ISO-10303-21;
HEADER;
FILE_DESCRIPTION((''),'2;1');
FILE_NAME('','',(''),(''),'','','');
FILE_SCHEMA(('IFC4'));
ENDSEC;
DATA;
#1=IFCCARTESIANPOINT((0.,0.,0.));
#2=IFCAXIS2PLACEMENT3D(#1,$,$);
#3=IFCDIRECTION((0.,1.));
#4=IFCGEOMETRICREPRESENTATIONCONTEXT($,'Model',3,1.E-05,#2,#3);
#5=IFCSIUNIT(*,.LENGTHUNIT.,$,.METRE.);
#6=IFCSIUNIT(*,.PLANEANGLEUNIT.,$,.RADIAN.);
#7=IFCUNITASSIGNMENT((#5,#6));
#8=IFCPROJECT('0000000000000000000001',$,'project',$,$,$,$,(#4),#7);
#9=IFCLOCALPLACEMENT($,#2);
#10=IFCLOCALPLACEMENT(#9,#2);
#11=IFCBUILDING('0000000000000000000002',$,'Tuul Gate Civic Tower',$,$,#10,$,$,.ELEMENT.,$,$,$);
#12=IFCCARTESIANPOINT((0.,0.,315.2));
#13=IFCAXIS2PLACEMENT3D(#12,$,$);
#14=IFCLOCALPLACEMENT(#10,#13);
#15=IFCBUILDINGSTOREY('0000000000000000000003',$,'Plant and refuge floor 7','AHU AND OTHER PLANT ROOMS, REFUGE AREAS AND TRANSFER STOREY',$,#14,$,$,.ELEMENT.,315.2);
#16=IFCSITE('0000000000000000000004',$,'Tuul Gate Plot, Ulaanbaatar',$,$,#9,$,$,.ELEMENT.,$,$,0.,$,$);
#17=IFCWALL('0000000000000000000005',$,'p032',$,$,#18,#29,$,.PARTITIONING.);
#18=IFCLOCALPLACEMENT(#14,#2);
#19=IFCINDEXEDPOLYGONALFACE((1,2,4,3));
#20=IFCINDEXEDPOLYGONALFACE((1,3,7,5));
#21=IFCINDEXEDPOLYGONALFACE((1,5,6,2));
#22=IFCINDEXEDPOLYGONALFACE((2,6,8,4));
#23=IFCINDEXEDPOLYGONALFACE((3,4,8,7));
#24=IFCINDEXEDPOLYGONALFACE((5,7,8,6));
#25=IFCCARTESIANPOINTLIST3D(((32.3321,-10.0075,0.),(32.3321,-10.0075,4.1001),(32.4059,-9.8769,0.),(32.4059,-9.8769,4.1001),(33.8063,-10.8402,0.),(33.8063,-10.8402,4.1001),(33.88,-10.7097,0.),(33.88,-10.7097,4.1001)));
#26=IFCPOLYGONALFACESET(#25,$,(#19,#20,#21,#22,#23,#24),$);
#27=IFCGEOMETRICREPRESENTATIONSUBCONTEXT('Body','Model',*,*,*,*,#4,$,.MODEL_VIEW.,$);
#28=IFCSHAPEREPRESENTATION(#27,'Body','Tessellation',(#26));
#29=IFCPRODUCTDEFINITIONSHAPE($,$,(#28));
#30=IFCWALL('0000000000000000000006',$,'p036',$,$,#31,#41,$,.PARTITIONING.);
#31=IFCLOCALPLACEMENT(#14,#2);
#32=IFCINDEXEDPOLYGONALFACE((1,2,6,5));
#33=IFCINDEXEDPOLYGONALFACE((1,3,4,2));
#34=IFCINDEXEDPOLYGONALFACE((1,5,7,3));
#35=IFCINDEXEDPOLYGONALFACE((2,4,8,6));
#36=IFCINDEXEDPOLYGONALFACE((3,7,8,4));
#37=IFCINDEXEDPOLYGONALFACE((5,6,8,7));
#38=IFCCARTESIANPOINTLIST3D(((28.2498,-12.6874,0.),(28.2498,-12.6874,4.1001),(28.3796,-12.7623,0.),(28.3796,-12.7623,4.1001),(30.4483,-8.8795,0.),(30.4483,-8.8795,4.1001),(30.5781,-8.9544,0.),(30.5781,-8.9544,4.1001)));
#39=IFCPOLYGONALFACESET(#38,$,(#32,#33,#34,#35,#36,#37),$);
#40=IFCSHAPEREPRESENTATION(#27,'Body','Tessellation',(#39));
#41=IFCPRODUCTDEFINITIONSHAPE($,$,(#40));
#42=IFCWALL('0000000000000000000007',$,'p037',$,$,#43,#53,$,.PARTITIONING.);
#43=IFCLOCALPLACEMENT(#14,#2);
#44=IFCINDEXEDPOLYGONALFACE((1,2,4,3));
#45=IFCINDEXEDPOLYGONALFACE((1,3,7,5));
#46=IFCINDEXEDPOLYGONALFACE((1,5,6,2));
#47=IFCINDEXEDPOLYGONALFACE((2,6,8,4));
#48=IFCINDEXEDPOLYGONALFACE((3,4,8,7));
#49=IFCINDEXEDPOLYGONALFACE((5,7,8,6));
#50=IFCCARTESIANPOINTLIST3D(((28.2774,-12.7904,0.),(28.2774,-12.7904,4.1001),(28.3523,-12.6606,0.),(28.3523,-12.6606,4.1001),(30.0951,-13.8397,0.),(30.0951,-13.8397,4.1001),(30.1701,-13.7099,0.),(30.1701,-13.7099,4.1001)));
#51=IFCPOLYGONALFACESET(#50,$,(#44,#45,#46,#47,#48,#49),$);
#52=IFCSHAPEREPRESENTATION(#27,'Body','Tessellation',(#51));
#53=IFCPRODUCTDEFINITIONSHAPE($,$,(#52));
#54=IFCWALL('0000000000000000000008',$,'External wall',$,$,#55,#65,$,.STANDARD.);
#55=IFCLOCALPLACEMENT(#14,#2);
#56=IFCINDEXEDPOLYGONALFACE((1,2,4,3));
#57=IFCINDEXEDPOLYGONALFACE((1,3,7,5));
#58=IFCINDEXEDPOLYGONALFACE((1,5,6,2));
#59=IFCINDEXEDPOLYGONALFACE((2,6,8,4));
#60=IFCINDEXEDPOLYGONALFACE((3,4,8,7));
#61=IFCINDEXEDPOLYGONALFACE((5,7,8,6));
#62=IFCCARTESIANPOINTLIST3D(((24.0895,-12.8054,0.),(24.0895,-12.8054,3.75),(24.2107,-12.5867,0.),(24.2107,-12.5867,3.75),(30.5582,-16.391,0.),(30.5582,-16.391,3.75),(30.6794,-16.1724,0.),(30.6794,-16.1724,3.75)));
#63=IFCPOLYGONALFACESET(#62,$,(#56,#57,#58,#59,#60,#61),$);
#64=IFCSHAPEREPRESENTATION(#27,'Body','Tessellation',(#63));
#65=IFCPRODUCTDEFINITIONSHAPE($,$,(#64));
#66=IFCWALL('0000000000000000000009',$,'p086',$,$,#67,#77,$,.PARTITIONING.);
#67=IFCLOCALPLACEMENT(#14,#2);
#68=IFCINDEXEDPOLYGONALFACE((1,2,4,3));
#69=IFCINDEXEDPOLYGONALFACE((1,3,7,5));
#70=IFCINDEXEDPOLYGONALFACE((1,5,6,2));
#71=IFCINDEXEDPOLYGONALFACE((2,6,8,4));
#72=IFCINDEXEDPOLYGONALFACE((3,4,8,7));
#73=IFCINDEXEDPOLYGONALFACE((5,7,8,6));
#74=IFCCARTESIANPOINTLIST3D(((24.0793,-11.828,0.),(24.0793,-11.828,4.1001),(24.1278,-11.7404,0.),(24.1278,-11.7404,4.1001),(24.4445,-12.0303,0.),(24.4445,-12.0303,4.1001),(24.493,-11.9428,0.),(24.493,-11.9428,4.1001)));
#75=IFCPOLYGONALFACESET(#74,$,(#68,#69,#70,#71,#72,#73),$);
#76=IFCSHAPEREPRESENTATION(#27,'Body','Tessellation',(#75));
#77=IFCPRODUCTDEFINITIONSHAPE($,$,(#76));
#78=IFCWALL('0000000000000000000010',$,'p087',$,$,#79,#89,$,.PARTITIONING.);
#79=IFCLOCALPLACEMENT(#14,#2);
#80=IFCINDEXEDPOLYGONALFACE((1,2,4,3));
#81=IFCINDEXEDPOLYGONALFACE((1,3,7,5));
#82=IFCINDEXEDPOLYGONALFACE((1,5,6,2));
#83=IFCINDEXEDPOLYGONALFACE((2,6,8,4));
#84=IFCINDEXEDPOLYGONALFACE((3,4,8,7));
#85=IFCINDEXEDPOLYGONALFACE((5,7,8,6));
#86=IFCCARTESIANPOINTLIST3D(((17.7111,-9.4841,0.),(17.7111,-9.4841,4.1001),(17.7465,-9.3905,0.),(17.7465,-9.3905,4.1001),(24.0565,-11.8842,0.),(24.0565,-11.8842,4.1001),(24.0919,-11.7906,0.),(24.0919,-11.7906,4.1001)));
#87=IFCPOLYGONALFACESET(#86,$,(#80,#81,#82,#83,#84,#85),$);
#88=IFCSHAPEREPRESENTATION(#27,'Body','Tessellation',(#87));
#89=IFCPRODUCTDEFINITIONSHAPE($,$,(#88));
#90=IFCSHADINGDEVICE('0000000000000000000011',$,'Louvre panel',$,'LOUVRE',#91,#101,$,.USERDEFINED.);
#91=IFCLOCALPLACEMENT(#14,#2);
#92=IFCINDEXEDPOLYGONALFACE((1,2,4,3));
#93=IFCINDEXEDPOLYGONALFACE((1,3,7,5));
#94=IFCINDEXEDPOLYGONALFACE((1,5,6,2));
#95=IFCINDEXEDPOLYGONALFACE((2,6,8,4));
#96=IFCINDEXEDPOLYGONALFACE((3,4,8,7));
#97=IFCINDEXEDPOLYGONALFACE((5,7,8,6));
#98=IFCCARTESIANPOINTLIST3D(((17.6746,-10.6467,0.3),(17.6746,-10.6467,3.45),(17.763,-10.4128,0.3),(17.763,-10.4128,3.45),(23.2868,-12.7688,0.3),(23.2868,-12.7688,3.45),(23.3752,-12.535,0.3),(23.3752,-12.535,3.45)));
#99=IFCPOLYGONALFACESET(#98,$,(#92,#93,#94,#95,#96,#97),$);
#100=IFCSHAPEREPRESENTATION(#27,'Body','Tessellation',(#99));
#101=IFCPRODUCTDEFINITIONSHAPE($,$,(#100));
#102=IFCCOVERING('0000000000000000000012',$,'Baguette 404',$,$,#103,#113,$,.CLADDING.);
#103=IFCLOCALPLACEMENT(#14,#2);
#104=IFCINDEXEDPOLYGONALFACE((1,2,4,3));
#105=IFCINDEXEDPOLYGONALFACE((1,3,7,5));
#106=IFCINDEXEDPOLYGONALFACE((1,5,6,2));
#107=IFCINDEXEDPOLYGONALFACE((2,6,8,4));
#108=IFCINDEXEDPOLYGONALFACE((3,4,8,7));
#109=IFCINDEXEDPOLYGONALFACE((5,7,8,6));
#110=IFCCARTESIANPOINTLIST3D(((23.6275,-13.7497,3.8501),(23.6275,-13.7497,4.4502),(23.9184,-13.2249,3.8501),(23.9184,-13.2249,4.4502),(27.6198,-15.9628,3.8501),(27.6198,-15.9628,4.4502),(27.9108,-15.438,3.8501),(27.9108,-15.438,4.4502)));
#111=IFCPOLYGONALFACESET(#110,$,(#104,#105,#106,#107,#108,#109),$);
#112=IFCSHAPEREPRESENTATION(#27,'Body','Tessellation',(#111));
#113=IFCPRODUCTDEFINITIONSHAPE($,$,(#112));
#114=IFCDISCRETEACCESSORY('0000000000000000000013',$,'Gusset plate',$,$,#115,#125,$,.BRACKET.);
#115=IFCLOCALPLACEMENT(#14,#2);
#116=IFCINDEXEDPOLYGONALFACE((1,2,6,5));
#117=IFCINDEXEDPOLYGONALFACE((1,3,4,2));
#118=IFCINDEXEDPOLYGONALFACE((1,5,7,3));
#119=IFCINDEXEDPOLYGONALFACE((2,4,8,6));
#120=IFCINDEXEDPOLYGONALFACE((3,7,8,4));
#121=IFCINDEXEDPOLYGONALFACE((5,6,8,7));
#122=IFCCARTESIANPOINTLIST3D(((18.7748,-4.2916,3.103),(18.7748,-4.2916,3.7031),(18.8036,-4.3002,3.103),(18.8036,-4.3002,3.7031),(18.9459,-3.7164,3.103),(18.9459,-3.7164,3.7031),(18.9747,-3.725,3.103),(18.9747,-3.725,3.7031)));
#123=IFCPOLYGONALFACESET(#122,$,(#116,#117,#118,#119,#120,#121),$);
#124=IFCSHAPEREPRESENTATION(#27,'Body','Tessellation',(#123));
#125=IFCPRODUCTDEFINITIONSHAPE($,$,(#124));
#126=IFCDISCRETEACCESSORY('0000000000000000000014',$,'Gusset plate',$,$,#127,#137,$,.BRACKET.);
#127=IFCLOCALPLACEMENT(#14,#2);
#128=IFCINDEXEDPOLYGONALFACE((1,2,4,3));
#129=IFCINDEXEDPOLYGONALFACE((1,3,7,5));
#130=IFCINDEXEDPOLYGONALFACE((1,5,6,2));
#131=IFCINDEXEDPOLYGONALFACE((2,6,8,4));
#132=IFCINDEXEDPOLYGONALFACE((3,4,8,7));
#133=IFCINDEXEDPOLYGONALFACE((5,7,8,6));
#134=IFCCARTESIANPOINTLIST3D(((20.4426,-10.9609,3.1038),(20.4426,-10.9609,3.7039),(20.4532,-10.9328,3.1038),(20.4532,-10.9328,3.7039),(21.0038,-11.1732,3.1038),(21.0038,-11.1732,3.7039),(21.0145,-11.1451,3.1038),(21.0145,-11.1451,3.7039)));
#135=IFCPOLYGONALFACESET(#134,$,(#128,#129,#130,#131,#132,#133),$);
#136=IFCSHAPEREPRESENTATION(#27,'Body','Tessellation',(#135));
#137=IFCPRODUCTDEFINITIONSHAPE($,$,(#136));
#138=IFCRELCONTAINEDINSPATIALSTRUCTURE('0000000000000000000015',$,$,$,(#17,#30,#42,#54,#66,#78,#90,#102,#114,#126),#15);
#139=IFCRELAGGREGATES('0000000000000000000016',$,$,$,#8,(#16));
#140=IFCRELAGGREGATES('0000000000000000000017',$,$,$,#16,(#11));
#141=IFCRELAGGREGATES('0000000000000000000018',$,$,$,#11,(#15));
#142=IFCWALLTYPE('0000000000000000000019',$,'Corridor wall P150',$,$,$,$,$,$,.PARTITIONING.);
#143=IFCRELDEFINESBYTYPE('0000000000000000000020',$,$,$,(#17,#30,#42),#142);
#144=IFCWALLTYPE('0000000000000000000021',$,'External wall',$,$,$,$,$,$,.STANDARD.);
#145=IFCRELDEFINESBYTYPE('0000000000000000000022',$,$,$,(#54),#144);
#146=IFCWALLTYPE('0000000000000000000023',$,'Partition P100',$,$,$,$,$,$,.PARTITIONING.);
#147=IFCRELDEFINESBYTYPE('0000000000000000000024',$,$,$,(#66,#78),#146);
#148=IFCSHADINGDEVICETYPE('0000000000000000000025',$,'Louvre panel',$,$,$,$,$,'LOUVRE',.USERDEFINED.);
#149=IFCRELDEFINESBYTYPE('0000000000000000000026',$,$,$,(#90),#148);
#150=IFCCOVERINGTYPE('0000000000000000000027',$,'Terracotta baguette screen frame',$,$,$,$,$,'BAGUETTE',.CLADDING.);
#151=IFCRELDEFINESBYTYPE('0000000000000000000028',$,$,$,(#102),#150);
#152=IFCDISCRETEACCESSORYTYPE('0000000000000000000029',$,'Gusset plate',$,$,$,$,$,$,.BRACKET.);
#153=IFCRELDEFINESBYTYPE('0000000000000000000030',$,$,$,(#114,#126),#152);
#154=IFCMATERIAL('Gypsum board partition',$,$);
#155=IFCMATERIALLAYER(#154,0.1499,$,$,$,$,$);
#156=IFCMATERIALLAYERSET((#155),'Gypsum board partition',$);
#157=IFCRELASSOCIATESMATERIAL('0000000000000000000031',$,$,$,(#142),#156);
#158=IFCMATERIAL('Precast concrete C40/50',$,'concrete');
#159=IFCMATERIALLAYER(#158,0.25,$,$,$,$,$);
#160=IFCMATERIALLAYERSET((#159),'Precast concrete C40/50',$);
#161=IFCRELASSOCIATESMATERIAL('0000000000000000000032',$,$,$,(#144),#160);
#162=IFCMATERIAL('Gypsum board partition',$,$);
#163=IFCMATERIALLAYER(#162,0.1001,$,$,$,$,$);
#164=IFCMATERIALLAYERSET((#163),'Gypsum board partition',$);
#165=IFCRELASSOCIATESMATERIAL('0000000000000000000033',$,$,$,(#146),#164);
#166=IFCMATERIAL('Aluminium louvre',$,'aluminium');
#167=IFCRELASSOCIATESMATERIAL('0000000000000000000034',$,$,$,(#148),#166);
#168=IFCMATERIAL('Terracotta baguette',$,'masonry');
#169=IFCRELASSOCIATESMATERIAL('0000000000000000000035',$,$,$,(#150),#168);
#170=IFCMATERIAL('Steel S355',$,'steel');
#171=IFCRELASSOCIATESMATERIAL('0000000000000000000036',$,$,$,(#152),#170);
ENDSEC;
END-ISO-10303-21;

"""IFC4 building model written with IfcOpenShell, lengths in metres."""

from ifc_helpers import new_model, si_unit, direction, frame, frame_2d, origin, origin_2d, place, context, subcontext, project, spatial, rectangle, extrude, material, layer, layer_set, material_profile, profile_set, type_object, element, save


model = new_model("IFC4")

# Units and contexts
model_context = context("Model", 3, precision=1e-05, world=origin(), true_north=direction((0.0, 1.0)))
body_context = subcontext(model_context, "Body", "Model", "MODEL_VIEW")
ifc_project = project(units=[si_unit("LENGTHUNIT", "METRE"), si_unit("PLANEANGLEUNIT", "RADIAN")], contexts=[model_context])

# Site, building, storey
site_placement = place(None, origin())
site = spatial("IfcSite", under=ifc_project, at=site_placement, Name="Tuul Gate Plot, Ulaanbaatar", CompositionType="ELEMENT", RefElevation=0.0)
building_placement = place(site_placement, origin())
building = spatial("IfcBuilding", under=site, at=building_placement, Name="Tuul Gate Civic Tower", CompositionType="ELEMENT")
storey_placement = place(building_placement, frame((0.0, 0.0, 315.2)))
storey = spatial("IfcBuildingStorey", under=building, at=storey_placement, Name="Plant and refuge floor 7", Description="AHU AND OTHER PLANT ROOMS, REFUGE AREAS AND TRANSFER STOREY", CompositionType="ELEMENT", Elevation=315.2)

# Shared definitions
ifc_material_1 = material(Name="Gypsum board partition")
ifc_layer_1 = layer(ifc_material_1, 0.1499)
ifc_layer_set_1 = layer_set([ifc_layer_1], Name="Gypsum board partition")
wall_type_1 = type_object("IfcWallType", Name="Corridor wall P150", PredefinedType="PARTITIONING", material=ifc_layer_set_1)

# Walls
wall_1_placement = place(storey_placement, frame((32.3689, -9.9421, 0.0), z_axis=(0.0, 0.0, 1.0), x_axis=(0.870673, -0.491862, 0.0)))
element("IfcWall", 1, at=wall_1_placement, inside=storey, type_object=wall_type_1, Name="p032", PredefinedType="PARTITIONING", context=body_context, shape_type="SweptSolid", body=[
    extrude(rectangle(XDim=1.6931, YDim=0.1499, at=frame_2d((0.8467, 0.0))), origin(), (0.0, 0.0, 1.0), 4.1001),
])
wall_2_placement = place(storey_placement, frame((28.3147, -12.7249, 0.0), z_axis=(0.0, 0.0, 1.0), x_axis=(0.500003, 0.866024, 0.0)))
element("IfcWall", 2, at=wall_2_placement, inside=storey, type_object=wall_type_1, Name="p036", PredefinedType="PARTITIONING", context=body_context, shape_type="SweptSolid", body=[
    extrude(rectangle(XDim=4.397, YDim=0.1499, at=frame_2d((2.1985, 0.0))), origin(), (0.0, 0.0, 1.0), 4.1001),
])
wall_3_placement = place(storey_placement, frame((28.3149, -12.7256, 0.0), z_axis=(0.0, 0.0, 1.0), x_axis=(0.866073, -0.499917, 0.0)))
element("IfcWall", 3, at=wall_3_placement, inside=storey, type_object=wall_type_1, Name="p037", PredefinedType="PARTITIONING", context=body_context, shape_type="SweptSolid", body=[
    extrude(rectangle(XDim=2.0989, YDim=0.1499, at=frame_2d((1.0493, 0.0))), origin(), (0.0, 0.0, 1.0), 4.1001),
])
ifc_material_2 = material(Name="Precast concrete C40/50", Category="concrete")
ifc_layer_2 = layer(ifc_material_2, 0.25)
ifc_layer_set_2 = layer_set([ifc_layer_2], Name="Precast concrete C40/50")
wall_type_2 = type_object("IfcWallType", Name="External wall", PredefinedType="STANDARD", material=ifc_layer_set_2)
wall_4_placement = place(storey_placement, frame((24.1501, -12.696, 0.0), z_axis=(0.0, 0.0, 1.0), x_axis=(0.874619, -0.48481, 0.0)))
element("IfcWall", 4, at=wall_4_placement, inside=storey, type_object=wall_type_2, Name="External wall", PredefinedType="STANDARD", context=body_context, shape_type="SweptSolid", body=[
    extrude(rectangle(XDim=7.396, YDim=0.25, at=frame_2d((3.698, 0.0))), origin(), (0.0, 0.0, 1.0), 3.75),
])
ifc_material_3 = material(Name="Gypsum board partition")
ifc_layer_3 = layer(ifc_material_3, 0.1001)
ifc_layer_set_3 = layer_set([ifc_layer_3], Name="Gypsum board partition")
wall_type_3 = type_object("IfcWallType", Name="Partition P100", PredefinedType="PARTITIONING", material=ifc_layer_set_3)
wall_5_placement = place(storey_placement, frame((24.4688, -11.9866, 0.0), z_axis=(0.0, 0.0, 1.0), x_axis=(-0.874681, 0.484699, 0.0)))
element("IfcWall", 5, at=wall_5_placement, inside=storey, type_object=wall_type_3, Name="p086", PredefinedType="PARTITIONING", context=body_context, shape_type="SweptSolid", body=[
    extrude(rectangle(XDim=0.4175, YDim=0.1001, at=frame_2d((0.2087, 0.0))), origin(), (0.0, 0.0, 1.0), 4.1001),
])
wall_6_placement = place(storey_placement, frame((24.0742, -11.8374, 0.0), z_axis=(0.0, 0.0, 1.0), x_axis=(-0.935327, 0.353784, 0.0)))
element("IfcWall", 6, at=wall_6_placement, inside=storey, type_object=wall_type_3, Name="p087", PredefinedType="PARTITIONING", context=body_context, shape_type="SweptSolid", body=[
    extrude(rectangle(XDim=6.7842, YDim=0.1001, at=frame_2d((3.3921, 0.0))), origin(), (0.0, 0.0, 1.0), 4.1001),
])

# Shading device
ifc_material_4 = material(Name="Aluminium louvre", Category="aluminium")
shading_device_type = type_object("IfcShadingDeviceType", Name="Louvre panel", ElementType="LOUVRE", PredefinedType="USERDEFINED", material=ifc_material_4)
shading_device_placement = place(storey_placement, frame((20.5249, -11.5908, 0.3), z_axis=(0.0, 0.0, 1.0), x_axis=(-0.353685, -0.935365, 0.0)))
element("IfcShadingDevice", 7, at=shading_device_placement, inside=storey, type_object=shading_device_type, Name="Louvre panel", ObjectType="LOUVRE", PredefinedType="USERDEFINED", context=body_context, shape_type="SweptSolid", body=[
    extrude(rectangle(XDim=0.25, YDim=6.0, at=origin_2d()), origin(), (0.0, 0.0, 1.0), 3.1499),
])

# Covering
ifc_material_5 = material(Name="Terracotta baguette", Category="masonry")
ifc_material_profile_1 = material_profile(ifc_material_5, rectangle(XDim=0.6001, YDim=0.6001, at=origin_2d()), Name="Terracotta baguette screen frame")
ifc_profile_set_1 = profile_set([ifc_material_profile_1], Name="Terracotta baguette")
covering_type = type_object("IfcCoveringType", Name="Terracotta baguette screen frame", ElementType="BAGUETTE", PredefinedType="CLADDING", material=ifc_profile_set_1)
covering_placement = place(storey_placement, frame((23.7729, -13.4873, 4.1501), z_axis=(0.874611, -0.484825, 0.0), x_axis=(0.484825, 0.874611, 0.0)))
element("IfcCovering", 8, at=covering_placement, inside=storey, type_object=covering_type, Name="Baguette 404", PredefinedType="CLADDING", context=body_context, shape_type="SweptSolid", body=[
    extrude(rectangle(XDim=0.6001, YDim=0.6001, at=origin_2d()), origin(), (0.0, 0.0, 1.0), 4.5647),
])

# Discrete accessories
ifc_material_6 = material(Name="Steel S355", Category="steel")
discrete_accessory_type = type_object("IfcDiscreteAccessoryType", Name="Gusset plate", PredefinedType="BRACKET", material=ifc_material_6)
for number, where, z_axis, x_axis, name in (
    (9, (18.8748, -4.0083, 3.103), (0.0, 0.0, 1.0), (0.285225, 0.958461, 0.0), "Gusset plate"),
    (10, (20.7285, -11.053, 3.1038), (0.0, 0.0, 1.0), (-0.935324, 0.353792, 0.0), "Gusset plate"),
):
    element("IfcDiscreteAccessory", number, at=place(storey_placement, frame(where, z_axis=z_axis, x_axis=x_axis)), inside=storey, type_object=discrete_accessory_type, Name=name, PredefinedType="BRACKET", context=body_context, shape_type="SweptSolid", body=[
        extrude(rectangle(XDim=0.6001, YDim=0.03, at=origin_2d()), origin(), (0.0, 0.0, 1.0), 0.6001),
    ])

save(model, "model.ifc")
